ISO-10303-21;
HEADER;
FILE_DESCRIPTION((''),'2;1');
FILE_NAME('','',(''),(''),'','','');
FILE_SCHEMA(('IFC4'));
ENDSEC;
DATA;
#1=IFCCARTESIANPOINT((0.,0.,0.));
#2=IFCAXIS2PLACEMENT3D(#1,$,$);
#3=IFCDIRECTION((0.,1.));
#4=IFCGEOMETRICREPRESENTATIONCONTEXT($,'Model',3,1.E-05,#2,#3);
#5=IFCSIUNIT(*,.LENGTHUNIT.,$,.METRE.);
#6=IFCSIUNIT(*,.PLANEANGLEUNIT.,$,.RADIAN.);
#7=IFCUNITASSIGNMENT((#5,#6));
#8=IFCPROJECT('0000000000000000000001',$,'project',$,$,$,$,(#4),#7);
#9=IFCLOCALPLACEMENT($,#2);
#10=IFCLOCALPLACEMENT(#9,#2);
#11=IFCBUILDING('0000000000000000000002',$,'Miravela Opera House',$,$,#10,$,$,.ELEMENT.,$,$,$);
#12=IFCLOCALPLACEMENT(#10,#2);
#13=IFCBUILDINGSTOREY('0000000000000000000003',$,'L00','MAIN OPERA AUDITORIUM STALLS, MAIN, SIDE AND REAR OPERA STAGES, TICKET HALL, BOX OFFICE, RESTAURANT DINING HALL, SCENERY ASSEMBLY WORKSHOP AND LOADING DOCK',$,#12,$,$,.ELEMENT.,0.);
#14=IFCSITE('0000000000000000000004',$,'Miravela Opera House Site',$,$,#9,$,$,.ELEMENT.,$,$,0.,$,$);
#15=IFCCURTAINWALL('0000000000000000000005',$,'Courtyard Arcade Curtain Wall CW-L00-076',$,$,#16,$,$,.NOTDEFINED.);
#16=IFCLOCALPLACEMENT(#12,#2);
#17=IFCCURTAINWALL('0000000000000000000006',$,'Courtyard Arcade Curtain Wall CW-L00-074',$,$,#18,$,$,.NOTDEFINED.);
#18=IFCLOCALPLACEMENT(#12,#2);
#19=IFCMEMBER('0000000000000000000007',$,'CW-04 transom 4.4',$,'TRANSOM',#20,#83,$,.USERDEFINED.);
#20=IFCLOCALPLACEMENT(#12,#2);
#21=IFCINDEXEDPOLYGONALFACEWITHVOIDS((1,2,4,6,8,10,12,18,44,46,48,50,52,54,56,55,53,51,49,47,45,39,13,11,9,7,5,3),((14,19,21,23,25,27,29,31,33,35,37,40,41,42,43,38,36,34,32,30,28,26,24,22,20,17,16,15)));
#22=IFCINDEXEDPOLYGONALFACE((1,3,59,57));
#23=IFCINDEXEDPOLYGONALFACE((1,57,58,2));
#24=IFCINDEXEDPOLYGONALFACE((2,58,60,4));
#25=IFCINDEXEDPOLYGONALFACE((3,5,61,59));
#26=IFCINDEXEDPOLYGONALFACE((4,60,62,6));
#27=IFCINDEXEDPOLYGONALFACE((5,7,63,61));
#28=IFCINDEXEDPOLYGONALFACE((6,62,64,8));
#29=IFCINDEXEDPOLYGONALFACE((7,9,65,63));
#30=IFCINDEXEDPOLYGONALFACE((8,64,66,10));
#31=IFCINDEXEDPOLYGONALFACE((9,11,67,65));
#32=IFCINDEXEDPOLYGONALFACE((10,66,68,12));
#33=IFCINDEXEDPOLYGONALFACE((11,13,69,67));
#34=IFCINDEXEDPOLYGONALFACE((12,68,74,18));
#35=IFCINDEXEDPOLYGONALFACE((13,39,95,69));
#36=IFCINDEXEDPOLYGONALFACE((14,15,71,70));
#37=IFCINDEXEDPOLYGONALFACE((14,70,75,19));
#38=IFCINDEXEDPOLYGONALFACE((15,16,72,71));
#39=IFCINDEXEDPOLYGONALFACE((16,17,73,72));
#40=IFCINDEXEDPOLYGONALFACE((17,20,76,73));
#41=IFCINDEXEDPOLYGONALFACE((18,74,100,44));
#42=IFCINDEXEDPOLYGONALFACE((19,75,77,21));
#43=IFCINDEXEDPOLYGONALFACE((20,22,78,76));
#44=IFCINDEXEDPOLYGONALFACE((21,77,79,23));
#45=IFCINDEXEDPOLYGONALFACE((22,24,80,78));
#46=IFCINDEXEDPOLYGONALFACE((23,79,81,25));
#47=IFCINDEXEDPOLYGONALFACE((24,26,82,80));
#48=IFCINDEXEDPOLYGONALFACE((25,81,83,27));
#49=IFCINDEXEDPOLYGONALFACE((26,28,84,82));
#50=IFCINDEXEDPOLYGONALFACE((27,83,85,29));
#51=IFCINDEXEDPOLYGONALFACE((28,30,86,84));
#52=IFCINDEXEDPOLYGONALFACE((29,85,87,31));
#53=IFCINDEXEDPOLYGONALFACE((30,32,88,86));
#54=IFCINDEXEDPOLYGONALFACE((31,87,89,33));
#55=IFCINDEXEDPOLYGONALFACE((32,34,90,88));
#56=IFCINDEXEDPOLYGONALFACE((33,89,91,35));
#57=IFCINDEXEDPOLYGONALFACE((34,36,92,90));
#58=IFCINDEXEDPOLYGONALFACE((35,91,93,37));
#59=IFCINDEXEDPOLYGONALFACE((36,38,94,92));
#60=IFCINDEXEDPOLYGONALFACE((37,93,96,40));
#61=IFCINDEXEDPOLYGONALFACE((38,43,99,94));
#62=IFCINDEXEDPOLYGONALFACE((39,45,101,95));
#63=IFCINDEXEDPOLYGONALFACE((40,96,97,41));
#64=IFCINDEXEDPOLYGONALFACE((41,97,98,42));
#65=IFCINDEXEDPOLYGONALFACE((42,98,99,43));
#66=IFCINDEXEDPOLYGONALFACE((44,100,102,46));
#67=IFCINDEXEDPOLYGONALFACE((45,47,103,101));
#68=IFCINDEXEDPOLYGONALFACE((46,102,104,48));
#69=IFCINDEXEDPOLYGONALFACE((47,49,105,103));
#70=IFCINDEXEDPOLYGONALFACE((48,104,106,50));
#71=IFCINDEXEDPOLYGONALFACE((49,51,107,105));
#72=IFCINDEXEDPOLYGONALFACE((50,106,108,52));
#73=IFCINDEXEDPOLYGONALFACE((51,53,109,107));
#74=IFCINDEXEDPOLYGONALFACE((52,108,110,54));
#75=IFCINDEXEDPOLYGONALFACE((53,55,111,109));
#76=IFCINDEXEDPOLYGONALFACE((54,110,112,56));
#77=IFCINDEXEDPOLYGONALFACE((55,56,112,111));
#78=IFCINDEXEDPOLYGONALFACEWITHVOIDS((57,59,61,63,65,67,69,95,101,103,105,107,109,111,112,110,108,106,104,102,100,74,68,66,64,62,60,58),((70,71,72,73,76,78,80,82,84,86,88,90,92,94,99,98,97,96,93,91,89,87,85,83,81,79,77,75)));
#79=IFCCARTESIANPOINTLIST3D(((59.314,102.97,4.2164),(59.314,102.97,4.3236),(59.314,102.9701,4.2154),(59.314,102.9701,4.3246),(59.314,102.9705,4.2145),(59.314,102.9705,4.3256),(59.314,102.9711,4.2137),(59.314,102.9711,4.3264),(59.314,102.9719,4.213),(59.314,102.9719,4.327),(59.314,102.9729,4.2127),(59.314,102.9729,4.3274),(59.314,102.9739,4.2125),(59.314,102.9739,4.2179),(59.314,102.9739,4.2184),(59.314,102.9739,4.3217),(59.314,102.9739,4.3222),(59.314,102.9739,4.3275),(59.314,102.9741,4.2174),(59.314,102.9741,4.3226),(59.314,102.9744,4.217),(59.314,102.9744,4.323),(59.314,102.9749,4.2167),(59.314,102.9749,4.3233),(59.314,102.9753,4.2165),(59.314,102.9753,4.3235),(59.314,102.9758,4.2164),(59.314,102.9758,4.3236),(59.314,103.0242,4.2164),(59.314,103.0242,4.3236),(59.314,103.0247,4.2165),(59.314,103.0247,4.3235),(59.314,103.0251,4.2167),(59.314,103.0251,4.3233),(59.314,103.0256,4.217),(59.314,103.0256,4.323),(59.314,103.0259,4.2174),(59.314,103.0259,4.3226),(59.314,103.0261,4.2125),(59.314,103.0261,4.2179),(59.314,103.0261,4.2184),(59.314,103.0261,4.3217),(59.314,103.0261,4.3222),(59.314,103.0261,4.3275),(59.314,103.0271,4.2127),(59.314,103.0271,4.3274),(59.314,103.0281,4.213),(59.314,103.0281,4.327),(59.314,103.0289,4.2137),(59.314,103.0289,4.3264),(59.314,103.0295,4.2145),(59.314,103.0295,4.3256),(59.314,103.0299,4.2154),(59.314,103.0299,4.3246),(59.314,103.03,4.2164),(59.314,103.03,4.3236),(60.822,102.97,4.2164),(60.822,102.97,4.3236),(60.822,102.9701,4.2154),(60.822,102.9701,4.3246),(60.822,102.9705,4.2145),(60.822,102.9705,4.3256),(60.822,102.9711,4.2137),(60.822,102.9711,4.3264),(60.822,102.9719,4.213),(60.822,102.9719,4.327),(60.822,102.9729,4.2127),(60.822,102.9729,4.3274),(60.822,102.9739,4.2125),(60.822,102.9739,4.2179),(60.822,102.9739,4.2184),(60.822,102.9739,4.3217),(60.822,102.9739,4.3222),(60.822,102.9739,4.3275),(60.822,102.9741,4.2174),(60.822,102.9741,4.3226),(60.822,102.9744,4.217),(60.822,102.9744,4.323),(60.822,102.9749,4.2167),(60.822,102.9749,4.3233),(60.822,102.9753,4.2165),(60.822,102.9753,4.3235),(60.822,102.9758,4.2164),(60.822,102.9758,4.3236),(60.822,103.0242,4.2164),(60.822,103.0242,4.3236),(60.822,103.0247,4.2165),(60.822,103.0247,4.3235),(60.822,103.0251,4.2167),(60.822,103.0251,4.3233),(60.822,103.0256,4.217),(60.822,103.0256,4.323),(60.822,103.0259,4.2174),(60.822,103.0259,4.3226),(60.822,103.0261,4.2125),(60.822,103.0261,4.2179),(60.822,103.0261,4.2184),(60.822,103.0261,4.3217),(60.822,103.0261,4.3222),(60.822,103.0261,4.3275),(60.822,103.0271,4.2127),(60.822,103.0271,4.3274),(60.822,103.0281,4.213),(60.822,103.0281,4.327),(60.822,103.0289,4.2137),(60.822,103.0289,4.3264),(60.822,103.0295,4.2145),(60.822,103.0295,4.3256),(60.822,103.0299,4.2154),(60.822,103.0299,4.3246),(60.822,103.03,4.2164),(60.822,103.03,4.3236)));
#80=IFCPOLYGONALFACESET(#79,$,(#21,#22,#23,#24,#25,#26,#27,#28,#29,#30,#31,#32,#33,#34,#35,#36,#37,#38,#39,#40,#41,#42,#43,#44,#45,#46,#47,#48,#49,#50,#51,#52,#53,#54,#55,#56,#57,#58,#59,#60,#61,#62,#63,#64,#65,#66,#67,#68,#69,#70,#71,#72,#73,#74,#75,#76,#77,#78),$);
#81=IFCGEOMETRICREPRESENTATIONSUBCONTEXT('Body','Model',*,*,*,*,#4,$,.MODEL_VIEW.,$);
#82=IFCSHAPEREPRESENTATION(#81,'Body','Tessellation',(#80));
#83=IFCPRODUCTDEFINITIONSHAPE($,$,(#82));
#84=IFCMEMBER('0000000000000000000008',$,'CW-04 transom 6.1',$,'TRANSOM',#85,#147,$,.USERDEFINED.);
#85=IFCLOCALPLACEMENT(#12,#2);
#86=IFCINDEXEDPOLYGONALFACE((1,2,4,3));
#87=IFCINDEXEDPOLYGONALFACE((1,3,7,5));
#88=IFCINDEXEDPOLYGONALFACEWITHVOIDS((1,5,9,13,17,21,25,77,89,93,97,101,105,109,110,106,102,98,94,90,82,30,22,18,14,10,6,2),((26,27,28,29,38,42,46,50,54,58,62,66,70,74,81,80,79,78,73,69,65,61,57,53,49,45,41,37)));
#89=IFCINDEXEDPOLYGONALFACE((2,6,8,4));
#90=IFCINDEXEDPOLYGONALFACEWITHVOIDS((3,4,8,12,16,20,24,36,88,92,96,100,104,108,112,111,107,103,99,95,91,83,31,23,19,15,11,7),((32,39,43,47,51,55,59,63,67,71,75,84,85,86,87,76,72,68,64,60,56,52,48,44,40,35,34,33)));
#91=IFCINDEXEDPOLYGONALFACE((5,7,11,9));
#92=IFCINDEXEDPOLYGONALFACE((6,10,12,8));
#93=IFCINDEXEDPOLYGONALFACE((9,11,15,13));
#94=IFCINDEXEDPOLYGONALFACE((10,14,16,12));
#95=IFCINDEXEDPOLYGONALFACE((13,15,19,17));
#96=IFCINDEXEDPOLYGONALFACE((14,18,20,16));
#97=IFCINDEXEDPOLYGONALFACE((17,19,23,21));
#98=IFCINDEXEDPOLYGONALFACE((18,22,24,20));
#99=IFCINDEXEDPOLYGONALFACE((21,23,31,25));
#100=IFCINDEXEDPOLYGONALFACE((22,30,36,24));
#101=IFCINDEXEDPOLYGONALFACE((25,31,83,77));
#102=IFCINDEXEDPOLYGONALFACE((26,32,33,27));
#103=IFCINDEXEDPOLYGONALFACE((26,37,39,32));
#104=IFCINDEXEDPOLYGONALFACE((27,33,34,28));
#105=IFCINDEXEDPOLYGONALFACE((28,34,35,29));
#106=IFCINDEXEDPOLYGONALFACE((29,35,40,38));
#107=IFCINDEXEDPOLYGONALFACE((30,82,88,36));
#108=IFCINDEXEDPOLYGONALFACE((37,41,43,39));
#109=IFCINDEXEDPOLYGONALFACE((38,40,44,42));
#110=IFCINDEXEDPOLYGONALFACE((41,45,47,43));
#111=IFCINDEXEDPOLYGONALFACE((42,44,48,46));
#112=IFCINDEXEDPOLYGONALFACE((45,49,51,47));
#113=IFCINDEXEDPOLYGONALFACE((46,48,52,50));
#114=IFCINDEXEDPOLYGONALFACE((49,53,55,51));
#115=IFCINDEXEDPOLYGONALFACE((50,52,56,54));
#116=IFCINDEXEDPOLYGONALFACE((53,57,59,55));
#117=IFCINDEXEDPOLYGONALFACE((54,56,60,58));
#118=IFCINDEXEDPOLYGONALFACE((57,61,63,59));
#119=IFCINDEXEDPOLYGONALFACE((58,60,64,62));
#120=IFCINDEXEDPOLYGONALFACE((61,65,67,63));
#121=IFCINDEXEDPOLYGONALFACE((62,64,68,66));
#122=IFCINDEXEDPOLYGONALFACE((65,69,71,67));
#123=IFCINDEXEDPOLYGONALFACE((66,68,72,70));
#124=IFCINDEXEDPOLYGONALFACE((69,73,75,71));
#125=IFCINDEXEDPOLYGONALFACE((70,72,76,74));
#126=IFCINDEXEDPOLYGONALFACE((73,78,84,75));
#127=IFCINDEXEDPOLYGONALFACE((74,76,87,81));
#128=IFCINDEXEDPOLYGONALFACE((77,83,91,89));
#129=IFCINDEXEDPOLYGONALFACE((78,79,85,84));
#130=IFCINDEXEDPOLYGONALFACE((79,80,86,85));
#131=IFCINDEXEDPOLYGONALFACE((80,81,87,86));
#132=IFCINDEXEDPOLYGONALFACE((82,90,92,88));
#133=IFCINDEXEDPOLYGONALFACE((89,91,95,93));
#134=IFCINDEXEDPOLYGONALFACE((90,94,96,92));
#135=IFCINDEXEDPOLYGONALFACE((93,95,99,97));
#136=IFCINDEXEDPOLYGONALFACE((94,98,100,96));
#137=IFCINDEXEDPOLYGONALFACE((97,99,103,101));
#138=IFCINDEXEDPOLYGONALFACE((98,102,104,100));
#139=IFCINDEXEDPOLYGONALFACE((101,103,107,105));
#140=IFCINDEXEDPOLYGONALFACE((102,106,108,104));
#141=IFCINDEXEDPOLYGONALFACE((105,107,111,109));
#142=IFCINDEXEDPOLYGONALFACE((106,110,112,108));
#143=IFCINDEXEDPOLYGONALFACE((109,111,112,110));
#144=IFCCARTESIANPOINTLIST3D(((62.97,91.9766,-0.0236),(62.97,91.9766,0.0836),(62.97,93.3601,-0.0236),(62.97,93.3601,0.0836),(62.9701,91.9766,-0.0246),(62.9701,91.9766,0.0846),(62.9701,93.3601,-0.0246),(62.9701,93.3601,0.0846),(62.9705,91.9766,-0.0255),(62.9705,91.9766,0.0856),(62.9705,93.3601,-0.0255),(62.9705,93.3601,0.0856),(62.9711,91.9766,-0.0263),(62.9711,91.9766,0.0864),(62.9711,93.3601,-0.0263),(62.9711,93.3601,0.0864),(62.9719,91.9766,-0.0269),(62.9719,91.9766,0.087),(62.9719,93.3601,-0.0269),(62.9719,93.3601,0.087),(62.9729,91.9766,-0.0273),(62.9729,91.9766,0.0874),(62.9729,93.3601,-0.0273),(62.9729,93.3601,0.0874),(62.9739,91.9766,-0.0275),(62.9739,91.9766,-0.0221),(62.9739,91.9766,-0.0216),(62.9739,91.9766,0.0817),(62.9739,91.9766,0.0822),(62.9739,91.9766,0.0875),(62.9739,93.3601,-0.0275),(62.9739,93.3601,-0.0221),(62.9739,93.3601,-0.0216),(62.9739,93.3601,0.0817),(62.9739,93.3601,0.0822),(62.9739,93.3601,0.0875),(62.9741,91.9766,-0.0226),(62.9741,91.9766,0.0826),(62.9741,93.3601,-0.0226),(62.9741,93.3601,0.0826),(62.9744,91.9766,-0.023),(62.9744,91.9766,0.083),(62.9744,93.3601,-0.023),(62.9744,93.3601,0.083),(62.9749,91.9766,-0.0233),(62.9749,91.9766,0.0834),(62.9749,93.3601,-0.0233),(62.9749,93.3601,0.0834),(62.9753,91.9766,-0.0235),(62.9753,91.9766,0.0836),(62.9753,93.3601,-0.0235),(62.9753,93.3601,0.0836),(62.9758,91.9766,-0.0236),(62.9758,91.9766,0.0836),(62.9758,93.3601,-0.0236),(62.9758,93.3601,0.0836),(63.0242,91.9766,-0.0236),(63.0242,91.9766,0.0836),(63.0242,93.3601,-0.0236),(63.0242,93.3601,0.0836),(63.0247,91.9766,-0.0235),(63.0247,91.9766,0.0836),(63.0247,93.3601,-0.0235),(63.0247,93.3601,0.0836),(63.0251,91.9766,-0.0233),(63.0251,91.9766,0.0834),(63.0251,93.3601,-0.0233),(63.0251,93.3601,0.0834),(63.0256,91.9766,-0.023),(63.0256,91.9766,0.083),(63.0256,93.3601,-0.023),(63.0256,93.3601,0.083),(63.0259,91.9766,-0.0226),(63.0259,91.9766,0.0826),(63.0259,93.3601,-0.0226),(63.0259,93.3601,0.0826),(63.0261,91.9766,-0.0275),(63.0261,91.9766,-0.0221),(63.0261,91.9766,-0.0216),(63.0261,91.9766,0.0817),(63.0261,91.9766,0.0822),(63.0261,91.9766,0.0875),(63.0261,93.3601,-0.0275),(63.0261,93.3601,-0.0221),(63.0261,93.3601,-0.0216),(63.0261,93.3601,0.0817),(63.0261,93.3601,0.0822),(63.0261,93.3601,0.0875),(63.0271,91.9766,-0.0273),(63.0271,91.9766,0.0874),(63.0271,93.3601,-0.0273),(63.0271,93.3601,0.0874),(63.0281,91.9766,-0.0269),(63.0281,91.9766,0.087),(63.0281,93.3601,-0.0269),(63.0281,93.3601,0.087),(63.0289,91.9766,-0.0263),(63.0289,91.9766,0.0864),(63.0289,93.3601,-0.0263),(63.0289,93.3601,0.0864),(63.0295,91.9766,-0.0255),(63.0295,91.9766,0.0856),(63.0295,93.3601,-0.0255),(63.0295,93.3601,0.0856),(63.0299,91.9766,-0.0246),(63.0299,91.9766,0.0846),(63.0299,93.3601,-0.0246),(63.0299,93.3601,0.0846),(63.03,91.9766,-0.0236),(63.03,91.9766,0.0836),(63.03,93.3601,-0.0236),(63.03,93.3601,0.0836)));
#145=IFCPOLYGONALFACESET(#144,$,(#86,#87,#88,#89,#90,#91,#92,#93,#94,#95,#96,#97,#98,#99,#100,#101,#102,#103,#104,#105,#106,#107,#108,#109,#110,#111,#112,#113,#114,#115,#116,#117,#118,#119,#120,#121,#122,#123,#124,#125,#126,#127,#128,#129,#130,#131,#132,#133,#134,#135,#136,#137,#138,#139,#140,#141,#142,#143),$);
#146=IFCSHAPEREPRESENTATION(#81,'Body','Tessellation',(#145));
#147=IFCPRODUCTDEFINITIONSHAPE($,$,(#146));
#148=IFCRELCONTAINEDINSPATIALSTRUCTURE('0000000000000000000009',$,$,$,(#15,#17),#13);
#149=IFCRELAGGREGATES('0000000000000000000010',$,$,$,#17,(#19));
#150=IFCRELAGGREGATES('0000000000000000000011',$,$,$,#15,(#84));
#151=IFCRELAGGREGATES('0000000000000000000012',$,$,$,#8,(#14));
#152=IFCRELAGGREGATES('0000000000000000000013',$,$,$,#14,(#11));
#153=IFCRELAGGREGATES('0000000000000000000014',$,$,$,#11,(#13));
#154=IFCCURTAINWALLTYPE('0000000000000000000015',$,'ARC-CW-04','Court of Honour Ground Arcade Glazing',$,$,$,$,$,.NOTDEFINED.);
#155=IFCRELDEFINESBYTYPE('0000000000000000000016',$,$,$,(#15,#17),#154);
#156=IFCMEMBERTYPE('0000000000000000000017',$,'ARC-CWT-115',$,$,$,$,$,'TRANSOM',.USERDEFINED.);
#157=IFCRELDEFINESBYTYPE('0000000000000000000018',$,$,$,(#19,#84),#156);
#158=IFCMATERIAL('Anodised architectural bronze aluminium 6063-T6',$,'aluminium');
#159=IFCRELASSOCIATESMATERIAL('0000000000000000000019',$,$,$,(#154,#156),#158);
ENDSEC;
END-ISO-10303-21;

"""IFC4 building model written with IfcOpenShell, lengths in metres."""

from ifc_helpers import new_model, si_unit, direction, frame, origin, origin_2d, place, context, subcontext, project, spatial, hollow_rectangle, extrude, material, material_profile, profile_set, type_object, element, aggregate, save


model = new_model("IFC4")

# Units and contexts
model_context = context("Model", 3, precision=1e-05, world=origin(), true_north=direction((0.0, 1.0)))
body_context = subcontext(model_context, "Body", "Model", "MODEL_VIEW")
ifc_project = project(units=[si_unit("LENGTHUNIT", "METRE"), si_unit("PLANEANGLEUNIT", "RADIAN")], contexts=[model_context])

# Site, building, storey
site_placement = place(None, origin())
site = spatial("IfcSite", under=ifc_project, at=site_placement, Name="Miravela Opera House Site", CompositionType="ELEMENT", RefElevation=0.0)
building_placement = place(site_placement, origin())
building = spatial("IfcBuilding", under=site, at=building_placement, Name="Miravela Opera House", CompositionType="ELEMENT")
storey_placement = place(building_placement, origin())
storey = spatial("IfcBuildingStorey", under=building, at=storey_placement, Name="L00", Description="MAIN OPERA AUDITORIUM STALLS, MAIN, SIDE AND REAR OPERA STAGES, TICKET HALL, BOX OFFICE, RESTAURANT DINING HALL, SCENERY ASSEMBLY WORKSHOP AND LOADING DOCK", CompositionType="ELEMENT", Elevation=0.0)

# Curtain wall
ifc_material_1 = material(Name="Anodised architectural bronze aluminium 6063-T6", Category="aluminium")
curtain_wall_type = type_object("IfcCurtainWallType", Name="ARC-CW-04", Description="Court of Honour Ground Arcade Glazing", PredefinedType="NOTDEFINED", material=ifc_material_1)
curtain_wall_1_placement = place(storey_placement, origin())
curtain_wall_1 = element("IfcCurtainWall", 1, at=curtain_wall_1_placement, inside=storey, type_object=curtain_wall_type, Name="Courtyard Arcade Curtain Wall CW-L00-076", PredefinedType="NOTDEFINED")

# Curtain wall, member
curtain_wall_2_placement = place(storey_placement, origin())
curtain_wall_2 = element("IfcCurtainWall", 2, at=curtain_wall_2_placement, inside=storey, type_object=curtain_wall_type, Name="Courtyard Arcade Curtain Wall CW-L00-074", PredefinedType="NOTDEFINED")
ifc_material_profile_1 = material_profile(ifc_material_1, hollow_rectangle(XDim=0.0601, YDim=0.115, WallThickness=0.0039, InnerFilletRadius=0.002, OuterFilletRadius=0.0039, at=origin_2d()), Name="CWT-60X115")
ifc_profile_set_1 = profile_set([ifc_material_profile_1])
member_type_1 = type_object("IfcMemberType", Name="ARC-CWT-115", ElementType="TRANSOM", PredefinedType="USERDEFINED", material=ifc_profile_set_1)
member_1_placement = place(storey_placement, frame((59.314, 103.0, 4.27), z_axis=(1.0, 0.0, 0.0), x_axis=(0.0, 1.0, 0.0)))
member_1 = element("IfcMember", 3, at=member_1_placement, type_object=member_type_1, Name="CW-04 transom 4.4", ObjectType="TRANSOM", PredefinedType="USERDEFINED", context=body_context, shape_type="SweptSolid", body=[
    extrude(hollow_rectangle(XDim=0.0601, YDim=0.115, WallThickness=0.0039, InnerFilletRadius=0.002, OuterFilletRadius=0.0039, at=origin_2d()), origin(), (0.0, 0.0, 1.0), 1.5081),
])

# Member
member_2_placement = place(storey_placement, frame((63.0, 91.9766, 0.03), z_axis=(0.0, 1.0, 0.0), x_axis=(-1.0, 0.0, 0.0)))
member_2 = element("IfcMember", 4, at=member_2_placement, type_object=member_type_1, Name="CW-04 transom 6.1", ObjectType="TRANSOM", PredefinedType="USERDEFINED", context=body_context, shape_type="SweptSolid", body=[
    extrude(hollow_rectangle(XDim=0.0601, YDim=0.115, WallThickness=0.0039, InnerFilletRadius=0.002, OuterFilletRadius=0.0039, at=origin_2d()), origin(), (0.0, 0.0, 1.0), 1.3835),
])

aggregate(curtain_wall_2, [member_1])
aggregate(curtain_wall_1, [member_2])

save(model, "model.ifc")
